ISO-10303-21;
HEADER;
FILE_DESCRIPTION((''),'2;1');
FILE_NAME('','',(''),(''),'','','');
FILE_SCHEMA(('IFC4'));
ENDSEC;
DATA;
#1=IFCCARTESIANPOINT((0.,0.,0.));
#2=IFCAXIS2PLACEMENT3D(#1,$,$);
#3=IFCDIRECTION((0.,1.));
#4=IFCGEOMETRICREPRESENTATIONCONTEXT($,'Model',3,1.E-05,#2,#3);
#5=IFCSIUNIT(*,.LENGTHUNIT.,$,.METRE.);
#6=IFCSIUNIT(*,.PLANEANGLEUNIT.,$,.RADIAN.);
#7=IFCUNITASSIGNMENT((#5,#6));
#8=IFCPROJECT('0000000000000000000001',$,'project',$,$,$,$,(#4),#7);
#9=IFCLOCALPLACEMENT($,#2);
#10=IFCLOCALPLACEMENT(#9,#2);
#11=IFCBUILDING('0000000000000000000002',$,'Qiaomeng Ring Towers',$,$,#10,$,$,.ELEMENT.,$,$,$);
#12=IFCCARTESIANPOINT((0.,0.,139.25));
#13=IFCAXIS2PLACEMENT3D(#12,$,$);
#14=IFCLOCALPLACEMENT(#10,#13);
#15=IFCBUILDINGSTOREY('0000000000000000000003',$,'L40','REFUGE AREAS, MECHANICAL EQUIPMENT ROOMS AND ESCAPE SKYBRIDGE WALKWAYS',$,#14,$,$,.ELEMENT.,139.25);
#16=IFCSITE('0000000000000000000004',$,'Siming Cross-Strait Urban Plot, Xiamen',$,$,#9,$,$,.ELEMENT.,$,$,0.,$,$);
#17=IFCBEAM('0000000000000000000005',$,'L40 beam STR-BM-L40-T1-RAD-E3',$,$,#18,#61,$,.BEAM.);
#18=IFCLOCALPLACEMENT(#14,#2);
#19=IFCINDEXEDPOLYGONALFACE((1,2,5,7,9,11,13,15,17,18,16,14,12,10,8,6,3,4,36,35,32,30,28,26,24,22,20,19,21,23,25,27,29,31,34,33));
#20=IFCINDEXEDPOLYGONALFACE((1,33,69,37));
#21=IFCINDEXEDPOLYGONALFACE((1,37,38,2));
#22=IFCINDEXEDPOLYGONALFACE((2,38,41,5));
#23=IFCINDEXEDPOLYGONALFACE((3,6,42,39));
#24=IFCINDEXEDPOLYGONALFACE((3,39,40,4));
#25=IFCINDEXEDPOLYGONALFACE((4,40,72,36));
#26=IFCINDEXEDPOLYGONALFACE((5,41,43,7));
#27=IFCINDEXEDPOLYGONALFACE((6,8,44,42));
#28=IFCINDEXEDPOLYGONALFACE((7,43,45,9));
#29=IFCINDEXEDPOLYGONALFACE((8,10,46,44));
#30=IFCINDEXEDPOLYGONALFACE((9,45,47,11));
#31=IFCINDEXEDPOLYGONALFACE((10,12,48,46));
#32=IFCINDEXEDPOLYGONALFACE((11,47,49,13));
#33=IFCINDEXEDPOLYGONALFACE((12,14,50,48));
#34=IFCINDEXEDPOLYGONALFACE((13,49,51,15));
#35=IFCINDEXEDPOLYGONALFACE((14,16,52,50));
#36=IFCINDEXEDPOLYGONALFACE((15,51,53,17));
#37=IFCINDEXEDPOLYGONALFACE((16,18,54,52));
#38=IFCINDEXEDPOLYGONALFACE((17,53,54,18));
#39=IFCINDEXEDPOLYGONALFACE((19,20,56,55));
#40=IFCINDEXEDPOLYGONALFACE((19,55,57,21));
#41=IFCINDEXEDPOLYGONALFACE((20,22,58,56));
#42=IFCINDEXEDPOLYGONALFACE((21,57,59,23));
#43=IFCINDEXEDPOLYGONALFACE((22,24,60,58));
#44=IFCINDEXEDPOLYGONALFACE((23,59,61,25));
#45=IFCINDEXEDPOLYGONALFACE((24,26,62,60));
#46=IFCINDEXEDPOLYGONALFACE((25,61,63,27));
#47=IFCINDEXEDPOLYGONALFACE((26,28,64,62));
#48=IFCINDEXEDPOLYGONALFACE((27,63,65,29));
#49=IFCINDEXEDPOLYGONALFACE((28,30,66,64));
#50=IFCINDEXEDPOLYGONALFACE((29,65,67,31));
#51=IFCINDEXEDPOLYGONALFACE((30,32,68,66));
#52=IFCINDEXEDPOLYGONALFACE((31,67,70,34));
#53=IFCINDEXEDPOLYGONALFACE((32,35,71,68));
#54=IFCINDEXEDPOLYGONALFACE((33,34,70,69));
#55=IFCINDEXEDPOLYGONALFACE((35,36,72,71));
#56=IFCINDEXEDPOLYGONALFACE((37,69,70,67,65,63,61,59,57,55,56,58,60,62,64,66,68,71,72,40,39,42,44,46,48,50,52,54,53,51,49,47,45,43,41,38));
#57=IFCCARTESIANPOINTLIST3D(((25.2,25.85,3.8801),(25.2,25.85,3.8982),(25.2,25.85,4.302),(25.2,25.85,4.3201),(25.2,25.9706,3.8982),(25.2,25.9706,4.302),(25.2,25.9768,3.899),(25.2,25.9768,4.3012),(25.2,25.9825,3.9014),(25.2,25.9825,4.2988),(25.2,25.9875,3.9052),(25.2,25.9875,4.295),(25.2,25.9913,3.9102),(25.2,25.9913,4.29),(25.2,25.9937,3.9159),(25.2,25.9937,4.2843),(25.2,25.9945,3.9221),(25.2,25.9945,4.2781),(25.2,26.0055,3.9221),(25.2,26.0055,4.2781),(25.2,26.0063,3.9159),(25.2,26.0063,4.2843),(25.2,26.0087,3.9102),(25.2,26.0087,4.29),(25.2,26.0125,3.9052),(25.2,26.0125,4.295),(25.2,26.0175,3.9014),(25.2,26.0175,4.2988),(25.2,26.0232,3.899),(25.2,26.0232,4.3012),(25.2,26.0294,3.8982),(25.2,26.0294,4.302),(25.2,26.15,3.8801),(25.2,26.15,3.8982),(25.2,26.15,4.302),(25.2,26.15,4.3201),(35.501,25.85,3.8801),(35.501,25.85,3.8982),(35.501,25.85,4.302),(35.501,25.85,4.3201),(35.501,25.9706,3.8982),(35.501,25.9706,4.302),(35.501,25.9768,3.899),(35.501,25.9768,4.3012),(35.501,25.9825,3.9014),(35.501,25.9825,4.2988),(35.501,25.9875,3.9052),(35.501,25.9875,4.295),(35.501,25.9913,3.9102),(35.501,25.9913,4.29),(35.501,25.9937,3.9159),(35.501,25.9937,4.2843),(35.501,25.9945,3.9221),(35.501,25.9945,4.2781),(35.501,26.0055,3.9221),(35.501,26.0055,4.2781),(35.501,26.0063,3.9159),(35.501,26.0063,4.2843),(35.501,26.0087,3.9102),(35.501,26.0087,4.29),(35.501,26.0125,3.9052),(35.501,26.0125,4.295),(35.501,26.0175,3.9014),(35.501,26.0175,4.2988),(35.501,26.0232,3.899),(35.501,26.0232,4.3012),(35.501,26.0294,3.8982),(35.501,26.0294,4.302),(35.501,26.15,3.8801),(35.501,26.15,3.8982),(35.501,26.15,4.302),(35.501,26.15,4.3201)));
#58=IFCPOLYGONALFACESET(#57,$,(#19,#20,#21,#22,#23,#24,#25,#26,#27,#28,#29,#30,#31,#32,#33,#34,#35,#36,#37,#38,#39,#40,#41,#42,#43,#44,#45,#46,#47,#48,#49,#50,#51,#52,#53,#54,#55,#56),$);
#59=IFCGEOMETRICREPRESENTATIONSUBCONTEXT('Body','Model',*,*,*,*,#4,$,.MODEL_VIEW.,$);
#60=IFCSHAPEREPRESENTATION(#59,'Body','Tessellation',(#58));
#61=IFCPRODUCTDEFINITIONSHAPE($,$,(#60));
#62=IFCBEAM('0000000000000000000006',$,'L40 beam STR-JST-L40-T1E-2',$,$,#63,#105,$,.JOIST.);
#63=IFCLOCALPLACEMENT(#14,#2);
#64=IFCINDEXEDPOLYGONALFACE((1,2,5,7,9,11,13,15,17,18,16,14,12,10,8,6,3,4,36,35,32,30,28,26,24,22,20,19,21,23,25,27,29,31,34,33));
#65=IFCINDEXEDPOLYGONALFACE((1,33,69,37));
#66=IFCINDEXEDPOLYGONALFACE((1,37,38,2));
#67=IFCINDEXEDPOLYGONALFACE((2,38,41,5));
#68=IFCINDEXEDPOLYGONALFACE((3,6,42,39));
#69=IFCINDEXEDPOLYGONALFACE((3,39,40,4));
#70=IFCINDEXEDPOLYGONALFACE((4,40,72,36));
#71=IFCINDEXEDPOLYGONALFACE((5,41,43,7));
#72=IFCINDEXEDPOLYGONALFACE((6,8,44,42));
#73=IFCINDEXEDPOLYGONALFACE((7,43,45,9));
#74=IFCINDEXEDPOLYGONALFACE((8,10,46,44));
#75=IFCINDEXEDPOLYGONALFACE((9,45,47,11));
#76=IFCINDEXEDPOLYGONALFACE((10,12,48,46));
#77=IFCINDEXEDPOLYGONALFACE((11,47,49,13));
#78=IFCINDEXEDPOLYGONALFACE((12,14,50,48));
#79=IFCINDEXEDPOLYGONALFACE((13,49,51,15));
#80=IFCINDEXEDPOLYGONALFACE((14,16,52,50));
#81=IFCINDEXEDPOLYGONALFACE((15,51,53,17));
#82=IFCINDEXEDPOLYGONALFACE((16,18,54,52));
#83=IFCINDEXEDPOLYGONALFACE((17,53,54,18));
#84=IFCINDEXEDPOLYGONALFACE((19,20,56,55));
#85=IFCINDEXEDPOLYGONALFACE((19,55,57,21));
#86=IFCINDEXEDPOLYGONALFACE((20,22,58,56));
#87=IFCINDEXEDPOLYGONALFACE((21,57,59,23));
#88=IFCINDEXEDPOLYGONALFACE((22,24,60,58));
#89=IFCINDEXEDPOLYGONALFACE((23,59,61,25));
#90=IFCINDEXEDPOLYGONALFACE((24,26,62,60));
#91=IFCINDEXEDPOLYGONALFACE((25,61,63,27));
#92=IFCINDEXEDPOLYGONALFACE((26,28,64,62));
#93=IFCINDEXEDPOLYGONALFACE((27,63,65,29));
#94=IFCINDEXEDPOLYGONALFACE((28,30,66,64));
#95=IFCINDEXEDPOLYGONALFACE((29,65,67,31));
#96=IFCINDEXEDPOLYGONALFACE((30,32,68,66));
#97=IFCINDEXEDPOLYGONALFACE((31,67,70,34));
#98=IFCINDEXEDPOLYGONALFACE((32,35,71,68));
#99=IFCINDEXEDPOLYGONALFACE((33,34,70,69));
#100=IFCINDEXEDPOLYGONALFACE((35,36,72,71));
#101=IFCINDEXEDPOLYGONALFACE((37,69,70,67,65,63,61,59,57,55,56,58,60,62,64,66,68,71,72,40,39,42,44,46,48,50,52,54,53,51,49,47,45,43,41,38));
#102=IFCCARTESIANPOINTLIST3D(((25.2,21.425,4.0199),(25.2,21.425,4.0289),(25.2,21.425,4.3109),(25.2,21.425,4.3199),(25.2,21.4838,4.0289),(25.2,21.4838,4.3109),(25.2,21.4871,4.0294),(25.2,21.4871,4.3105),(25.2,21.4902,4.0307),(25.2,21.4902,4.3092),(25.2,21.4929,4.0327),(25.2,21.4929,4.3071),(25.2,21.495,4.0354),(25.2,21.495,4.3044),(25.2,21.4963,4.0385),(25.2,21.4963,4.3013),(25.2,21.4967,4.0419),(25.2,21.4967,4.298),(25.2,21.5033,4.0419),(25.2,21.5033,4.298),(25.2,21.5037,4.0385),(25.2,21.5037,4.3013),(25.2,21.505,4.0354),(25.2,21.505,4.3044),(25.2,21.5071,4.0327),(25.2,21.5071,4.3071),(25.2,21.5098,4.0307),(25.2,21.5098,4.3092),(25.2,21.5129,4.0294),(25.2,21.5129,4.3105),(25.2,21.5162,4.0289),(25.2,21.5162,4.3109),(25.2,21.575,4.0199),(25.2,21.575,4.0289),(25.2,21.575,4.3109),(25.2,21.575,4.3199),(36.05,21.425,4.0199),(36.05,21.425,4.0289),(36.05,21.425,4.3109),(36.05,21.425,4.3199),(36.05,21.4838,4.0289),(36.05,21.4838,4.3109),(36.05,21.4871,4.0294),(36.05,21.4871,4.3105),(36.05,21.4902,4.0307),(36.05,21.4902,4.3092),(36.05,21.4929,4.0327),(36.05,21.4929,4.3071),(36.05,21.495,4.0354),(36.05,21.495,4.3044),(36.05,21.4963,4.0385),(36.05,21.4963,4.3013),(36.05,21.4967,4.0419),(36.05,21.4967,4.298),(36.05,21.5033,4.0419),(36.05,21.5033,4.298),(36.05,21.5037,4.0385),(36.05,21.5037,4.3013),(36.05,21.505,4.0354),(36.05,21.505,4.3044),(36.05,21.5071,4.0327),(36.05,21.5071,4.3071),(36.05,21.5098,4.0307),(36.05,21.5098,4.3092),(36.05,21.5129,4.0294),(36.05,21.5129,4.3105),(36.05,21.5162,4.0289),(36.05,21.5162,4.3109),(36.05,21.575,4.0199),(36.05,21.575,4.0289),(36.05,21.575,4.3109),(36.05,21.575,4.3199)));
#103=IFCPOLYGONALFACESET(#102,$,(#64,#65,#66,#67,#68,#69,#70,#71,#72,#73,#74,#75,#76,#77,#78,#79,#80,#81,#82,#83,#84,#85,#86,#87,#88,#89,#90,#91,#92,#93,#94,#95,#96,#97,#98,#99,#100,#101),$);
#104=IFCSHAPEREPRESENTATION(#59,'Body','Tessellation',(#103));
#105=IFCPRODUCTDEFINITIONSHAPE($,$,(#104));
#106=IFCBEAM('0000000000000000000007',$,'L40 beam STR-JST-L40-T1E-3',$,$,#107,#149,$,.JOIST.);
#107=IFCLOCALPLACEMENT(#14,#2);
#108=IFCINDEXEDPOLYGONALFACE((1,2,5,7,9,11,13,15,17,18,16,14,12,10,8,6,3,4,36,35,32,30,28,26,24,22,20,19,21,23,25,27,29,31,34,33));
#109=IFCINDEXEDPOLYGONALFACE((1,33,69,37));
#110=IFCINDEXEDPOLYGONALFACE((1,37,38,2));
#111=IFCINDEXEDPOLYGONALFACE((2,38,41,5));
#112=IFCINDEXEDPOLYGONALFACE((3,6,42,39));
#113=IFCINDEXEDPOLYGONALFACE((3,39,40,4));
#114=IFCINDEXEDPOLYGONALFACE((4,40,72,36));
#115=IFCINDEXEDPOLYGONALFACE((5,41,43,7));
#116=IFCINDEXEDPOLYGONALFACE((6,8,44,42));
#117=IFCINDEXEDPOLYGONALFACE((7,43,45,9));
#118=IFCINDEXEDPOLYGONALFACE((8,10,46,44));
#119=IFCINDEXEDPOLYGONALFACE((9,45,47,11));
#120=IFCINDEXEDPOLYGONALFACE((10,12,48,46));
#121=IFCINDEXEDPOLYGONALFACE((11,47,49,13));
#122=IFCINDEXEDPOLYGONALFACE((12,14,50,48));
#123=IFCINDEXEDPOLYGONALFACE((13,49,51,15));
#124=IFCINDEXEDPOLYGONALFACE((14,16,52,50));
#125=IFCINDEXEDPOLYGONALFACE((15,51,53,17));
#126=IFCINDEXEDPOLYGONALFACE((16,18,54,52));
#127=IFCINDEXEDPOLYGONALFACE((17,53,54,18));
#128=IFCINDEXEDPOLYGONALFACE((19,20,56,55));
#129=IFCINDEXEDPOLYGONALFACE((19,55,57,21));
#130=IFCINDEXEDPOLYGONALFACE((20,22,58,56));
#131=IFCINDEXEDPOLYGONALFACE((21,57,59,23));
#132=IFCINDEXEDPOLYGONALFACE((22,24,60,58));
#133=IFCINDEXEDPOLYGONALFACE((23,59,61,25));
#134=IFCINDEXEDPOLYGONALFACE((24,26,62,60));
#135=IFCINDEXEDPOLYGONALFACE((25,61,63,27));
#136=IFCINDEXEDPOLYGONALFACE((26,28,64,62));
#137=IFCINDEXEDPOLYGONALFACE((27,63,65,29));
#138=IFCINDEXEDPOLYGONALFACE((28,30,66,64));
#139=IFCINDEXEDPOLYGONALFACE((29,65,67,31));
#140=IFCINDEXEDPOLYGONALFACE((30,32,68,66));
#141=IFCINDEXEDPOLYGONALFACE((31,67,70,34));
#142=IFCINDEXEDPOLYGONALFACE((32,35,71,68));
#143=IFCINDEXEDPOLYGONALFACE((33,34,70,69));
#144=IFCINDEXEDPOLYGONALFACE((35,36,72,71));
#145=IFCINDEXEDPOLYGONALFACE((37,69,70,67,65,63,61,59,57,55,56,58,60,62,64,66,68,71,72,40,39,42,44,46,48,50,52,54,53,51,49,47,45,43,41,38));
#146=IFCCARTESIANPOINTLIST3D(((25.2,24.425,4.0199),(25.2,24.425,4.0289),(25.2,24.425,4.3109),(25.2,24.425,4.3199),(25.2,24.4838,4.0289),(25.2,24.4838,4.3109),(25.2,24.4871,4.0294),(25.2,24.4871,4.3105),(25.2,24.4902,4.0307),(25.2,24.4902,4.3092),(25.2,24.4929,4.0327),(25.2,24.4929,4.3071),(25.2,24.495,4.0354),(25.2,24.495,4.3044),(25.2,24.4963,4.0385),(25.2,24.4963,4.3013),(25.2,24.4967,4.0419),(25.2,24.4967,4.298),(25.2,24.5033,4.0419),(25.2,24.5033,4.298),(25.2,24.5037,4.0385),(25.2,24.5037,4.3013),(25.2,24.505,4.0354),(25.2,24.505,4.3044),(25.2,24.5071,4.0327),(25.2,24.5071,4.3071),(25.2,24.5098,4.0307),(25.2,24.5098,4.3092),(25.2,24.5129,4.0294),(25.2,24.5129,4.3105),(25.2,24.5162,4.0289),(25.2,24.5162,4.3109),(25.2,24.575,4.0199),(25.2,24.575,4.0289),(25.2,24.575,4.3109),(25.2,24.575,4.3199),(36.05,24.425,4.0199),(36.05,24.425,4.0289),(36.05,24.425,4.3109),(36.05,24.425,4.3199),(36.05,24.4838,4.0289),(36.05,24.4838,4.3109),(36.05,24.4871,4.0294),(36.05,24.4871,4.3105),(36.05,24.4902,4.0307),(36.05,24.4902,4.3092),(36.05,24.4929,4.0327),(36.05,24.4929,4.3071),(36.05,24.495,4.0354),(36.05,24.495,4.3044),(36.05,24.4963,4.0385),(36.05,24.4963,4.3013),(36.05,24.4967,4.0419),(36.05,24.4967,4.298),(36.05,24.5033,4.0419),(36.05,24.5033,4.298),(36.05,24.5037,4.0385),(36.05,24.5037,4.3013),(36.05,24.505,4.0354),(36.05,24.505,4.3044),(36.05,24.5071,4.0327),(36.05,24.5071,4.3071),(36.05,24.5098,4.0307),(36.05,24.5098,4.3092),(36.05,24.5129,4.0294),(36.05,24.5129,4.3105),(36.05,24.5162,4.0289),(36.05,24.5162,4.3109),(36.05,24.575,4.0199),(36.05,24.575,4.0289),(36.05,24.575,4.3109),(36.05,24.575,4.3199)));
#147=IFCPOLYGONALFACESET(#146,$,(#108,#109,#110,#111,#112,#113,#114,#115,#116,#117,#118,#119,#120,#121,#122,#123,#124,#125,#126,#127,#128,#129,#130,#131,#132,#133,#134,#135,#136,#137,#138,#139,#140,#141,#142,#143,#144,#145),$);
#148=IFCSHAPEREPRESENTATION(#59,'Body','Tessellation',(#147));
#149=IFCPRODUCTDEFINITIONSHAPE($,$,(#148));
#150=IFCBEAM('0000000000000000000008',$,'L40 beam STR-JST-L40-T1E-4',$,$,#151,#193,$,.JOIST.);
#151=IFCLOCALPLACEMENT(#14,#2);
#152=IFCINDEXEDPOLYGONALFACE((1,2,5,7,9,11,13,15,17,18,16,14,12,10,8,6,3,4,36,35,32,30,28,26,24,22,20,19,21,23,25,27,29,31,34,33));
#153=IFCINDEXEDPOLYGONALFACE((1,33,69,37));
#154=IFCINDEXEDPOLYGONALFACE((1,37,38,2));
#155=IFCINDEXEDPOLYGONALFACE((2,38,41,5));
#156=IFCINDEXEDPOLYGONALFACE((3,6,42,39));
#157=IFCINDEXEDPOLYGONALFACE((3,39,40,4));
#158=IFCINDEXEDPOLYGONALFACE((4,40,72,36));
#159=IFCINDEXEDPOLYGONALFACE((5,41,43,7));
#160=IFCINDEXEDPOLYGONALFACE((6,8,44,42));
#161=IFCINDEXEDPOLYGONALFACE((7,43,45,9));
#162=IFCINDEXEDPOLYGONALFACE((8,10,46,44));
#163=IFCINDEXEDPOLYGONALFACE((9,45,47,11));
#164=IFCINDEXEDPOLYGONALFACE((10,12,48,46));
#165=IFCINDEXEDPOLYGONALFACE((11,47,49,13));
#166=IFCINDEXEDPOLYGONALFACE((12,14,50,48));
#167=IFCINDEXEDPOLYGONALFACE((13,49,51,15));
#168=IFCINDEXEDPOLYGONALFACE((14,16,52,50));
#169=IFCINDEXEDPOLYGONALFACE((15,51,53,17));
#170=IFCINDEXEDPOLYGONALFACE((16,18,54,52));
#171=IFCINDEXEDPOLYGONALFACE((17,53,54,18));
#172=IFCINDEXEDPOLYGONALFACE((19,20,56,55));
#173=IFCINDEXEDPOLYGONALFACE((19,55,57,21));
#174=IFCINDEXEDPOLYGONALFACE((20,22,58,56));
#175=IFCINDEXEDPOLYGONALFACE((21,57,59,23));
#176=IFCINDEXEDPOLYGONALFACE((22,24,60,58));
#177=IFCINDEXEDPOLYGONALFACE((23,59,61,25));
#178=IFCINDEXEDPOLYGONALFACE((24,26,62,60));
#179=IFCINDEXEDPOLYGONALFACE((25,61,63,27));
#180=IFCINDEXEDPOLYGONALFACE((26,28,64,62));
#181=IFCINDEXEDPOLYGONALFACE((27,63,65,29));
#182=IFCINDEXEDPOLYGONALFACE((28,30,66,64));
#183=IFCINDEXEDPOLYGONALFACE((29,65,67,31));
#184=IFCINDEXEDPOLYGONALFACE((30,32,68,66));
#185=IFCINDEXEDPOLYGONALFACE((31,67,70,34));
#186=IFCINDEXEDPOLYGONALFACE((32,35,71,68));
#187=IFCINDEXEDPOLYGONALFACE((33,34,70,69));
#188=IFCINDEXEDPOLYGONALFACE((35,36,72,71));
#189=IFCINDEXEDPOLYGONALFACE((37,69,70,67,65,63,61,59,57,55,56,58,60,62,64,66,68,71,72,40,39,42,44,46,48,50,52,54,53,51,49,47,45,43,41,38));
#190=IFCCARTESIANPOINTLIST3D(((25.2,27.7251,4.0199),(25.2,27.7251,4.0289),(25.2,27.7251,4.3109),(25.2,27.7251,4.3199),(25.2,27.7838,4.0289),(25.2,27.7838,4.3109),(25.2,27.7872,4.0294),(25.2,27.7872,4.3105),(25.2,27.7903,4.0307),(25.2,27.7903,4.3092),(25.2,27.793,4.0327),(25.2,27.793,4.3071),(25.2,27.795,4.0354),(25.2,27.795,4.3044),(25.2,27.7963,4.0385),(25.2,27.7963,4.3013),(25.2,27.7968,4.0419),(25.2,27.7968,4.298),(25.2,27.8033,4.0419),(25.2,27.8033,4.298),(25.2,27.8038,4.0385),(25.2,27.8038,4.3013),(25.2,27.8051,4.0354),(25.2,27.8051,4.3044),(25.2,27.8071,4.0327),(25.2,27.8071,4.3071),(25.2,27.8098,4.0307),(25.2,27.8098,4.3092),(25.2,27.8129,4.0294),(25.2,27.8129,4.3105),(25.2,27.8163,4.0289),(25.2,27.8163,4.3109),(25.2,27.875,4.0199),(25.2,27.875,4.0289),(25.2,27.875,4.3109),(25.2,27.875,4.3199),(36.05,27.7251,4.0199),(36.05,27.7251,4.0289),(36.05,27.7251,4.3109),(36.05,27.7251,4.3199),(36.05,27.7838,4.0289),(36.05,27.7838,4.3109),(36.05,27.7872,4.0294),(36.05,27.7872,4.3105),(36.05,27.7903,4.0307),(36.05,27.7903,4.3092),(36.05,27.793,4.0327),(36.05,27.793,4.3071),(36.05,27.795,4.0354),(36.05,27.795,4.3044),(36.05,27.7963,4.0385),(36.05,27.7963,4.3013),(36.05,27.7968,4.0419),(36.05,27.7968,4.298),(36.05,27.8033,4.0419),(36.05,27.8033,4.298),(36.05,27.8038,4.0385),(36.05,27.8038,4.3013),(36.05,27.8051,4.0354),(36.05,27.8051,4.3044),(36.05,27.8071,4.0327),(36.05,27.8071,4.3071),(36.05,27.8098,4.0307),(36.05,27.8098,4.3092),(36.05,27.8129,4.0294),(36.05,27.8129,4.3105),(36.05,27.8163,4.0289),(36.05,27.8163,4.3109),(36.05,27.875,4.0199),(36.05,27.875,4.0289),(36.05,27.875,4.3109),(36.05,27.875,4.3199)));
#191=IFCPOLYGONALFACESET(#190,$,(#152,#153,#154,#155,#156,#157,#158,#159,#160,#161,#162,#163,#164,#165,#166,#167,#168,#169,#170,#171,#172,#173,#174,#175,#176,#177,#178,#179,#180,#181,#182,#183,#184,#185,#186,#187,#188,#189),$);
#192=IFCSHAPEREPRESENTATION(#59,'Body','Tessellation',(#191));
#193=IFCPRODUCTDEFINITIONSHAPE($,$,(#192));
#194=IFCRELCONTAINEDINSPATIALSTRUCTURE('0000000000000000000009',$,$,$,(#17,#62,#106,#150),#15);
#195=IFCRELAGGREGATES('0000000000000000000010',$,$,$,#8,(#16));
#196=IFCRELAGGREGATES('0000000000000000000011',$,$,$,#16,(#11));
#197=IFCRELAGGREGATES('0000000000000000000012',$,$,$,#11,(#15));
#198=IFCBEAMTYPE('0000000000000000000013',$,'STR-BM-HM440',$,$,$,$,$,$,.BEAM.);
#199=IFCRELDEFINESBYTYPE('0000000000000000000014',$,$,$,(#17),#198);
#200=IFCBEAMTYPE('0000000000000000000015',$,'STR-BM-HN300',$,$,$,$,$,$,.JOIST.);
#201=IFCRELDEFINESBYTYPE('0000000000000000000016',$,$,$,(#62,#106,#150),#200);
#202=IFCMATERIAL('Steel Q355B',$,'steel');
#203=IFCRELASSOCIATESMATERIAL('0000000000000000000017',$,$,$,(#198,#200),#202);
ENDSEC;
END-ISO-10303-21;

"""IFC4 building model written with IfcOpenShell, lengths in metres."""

from ifc_helpers import new_model, si_unit, direction, frame, origin, origin_2d, place, context, subcontext, project, spatial, i_section, extrude, source, transform, mapped, material, material_profile, profile_set, type_object, element, save


model = new_model("IFC4")

# Units and contexts
model_context = context("Model", 3, precision=1e-05, world=origin(), true_north=direction((0.0, 1.0)))
body_context = subcontext(model_context, "Body", "Model", "MODEL_VIEW")
ifc_project = project(units=[si_unit("LENGTHUNIT", "METRE"), si_unit("PLANEANGLEUNIT", "RADIAN")], contexts=[model_context])

# Site, building, storey
site_placement = place(None, origin())
site = spatial("IfcSite", under=ifc_project, at=site_placement, Name="Siming Cross-Strait Urban Plot, Xiamen", CompositionType="ELEMENT", RefElevation=0.0)
building_placement = place(site_placement, origin())
building = spatial("IfcBuilding", under=site, at=building_placement, Name="Qiaomeng Ring Towers", CompositionType="ELEMENT")
storey_placement = place(building_placement, frame((0.0, 0.0, 139.25)))
storey = spatial("IfcBuildingStorey", under=building, at=storey_placement, Name="L40", Description="REFUGE AREAS, MECHANICAL EQUIPMENT ROOMS AND ESCAPE SKYBRIDGE WALKWAYS", CompositionType="ELEMENT", Elevation=139.25)

# Beams
ifc_material_1 = material(Name="Steel Q355B", Category="steel")
ifc_material_profile_1 = material_profile(ifc_material_1, i_section(OverallWidth=0.3, OverallDepth=0.4399, WebThickness=0.011, FlangeThickness=0.0181, FilletRadius=0.0239, at=origin_2d()), Name="HM 440x300x11x18")
ifc_profile_set_1 = profile_set([ifc_material_profile_1], Name="Steel Q355B")
beam_type_1 = type_object("IfcBeamType", Name="STR-BM-HM440", PredefinedType="BEAM", material=ifc_profile_set_1)
shared_shape_1 = source(origin(), body_context, "Body", "SweptSolid", [
    extrude(i_section(OverallWidth=0.3, OverallDepth=0.4399, WebThickness=0.011, FlangeThickness=0.0181, FilletRadius=0.0239, at=origin_2d()), origin(), (0.0, 0.0, 1.0), 10.301),
])
beam_1_placement = place(storey_placement, frame((25.2, 26.0, 4.1001), z_axis=(1.0, 0.0, 0.0), x_axis=(0.0, 1.0, 0.0)))
element("IfcBeam", 1, at=beam_1_placement, inside=storey, type_object=beam_type_1, Name="L40 beam STR-BM-L40-T1-RAD-E3", PredefinedType="BEAM", context=body_context, shape_type="MappedRepresentation", body=[
    mapped(shared_shape_1, transform((0.0, 0.0, 0.0), x_axis=(1.0, 0.0, 0.0), y_axis=(0.0, 1.0, 0.0), z_axis=(0.0, 0.0, 1.0), scale=1.0)),
])
ifc_material_profile_2 = material_profile(ifc_material_1, i_section(OverallWidth=0.1499, OverallDepth=0.3, WebThickness=0.0066, FlangeThickness=0.009, FilletRadius=0.0129, at=origin_2d()), Name="HN 300x150x6.5x9")
ifc_profile_set_2 = profile_set([ifc_material_profile_2], Name="Steel Q355B")
beam_type_2 = type_object("IfcBeamType", Name="STR-BM-HN300", PredefinedType="JOIST", material=ifc_profile_set_2)
shared_shape_2 = source(origin(), body_context, "Body", "SweptSolid", [
    extrude(i_section(OverallWidth=0.1499, OverallDepth=0.3, WebThickness=0.0066, FlangeThickness=0.009, FilletRadius=0.0129, at=origin_2d()), origin(), (0.0, 0.0, 1.0), 10.8501),
])
for number, where, z_axis, x_axis, name in (
    (2, (25.2, 21.5, 4.1699), (1.0, 0.0, 0.0), (0.0, 1.0, 0.0), "L40 beam STR-JST-L40-T1E-2"),
    (3, (25.2, 24.5, 4.1699), (1.0, 0.0, 0.0), (0.0, 1.0, 0.0), "L40 beam STR-JST-L40-T1E-3"),
    (4, (25.2, 27.8, 4.1699), (1.0, 0.0, 0.0), (0.0, 1.0, 0.0), "L40 beam STR-JST-L40-T1E-4"),
):
    element("IfcBeam", number, at=place(storey_placement, frame(where, z_axis=z_axis, x_axis=x_axis)), inside=storey, type_object=beam_type_2, Name=name, PredefinedType="JOIST", context=body_context, shape_type="MappedRepresentation", body=[
        mapped(shared_shape_2, transform((0.0, 0.0, 0.0), x_axis=(1.0, 0.0, 0.0), y_axis=(0.0, 1.0, 0.0), z_axis=(0.0, 0.0, 1.0), scale=1.0)),
    ])

save(model, "model.ifc")
